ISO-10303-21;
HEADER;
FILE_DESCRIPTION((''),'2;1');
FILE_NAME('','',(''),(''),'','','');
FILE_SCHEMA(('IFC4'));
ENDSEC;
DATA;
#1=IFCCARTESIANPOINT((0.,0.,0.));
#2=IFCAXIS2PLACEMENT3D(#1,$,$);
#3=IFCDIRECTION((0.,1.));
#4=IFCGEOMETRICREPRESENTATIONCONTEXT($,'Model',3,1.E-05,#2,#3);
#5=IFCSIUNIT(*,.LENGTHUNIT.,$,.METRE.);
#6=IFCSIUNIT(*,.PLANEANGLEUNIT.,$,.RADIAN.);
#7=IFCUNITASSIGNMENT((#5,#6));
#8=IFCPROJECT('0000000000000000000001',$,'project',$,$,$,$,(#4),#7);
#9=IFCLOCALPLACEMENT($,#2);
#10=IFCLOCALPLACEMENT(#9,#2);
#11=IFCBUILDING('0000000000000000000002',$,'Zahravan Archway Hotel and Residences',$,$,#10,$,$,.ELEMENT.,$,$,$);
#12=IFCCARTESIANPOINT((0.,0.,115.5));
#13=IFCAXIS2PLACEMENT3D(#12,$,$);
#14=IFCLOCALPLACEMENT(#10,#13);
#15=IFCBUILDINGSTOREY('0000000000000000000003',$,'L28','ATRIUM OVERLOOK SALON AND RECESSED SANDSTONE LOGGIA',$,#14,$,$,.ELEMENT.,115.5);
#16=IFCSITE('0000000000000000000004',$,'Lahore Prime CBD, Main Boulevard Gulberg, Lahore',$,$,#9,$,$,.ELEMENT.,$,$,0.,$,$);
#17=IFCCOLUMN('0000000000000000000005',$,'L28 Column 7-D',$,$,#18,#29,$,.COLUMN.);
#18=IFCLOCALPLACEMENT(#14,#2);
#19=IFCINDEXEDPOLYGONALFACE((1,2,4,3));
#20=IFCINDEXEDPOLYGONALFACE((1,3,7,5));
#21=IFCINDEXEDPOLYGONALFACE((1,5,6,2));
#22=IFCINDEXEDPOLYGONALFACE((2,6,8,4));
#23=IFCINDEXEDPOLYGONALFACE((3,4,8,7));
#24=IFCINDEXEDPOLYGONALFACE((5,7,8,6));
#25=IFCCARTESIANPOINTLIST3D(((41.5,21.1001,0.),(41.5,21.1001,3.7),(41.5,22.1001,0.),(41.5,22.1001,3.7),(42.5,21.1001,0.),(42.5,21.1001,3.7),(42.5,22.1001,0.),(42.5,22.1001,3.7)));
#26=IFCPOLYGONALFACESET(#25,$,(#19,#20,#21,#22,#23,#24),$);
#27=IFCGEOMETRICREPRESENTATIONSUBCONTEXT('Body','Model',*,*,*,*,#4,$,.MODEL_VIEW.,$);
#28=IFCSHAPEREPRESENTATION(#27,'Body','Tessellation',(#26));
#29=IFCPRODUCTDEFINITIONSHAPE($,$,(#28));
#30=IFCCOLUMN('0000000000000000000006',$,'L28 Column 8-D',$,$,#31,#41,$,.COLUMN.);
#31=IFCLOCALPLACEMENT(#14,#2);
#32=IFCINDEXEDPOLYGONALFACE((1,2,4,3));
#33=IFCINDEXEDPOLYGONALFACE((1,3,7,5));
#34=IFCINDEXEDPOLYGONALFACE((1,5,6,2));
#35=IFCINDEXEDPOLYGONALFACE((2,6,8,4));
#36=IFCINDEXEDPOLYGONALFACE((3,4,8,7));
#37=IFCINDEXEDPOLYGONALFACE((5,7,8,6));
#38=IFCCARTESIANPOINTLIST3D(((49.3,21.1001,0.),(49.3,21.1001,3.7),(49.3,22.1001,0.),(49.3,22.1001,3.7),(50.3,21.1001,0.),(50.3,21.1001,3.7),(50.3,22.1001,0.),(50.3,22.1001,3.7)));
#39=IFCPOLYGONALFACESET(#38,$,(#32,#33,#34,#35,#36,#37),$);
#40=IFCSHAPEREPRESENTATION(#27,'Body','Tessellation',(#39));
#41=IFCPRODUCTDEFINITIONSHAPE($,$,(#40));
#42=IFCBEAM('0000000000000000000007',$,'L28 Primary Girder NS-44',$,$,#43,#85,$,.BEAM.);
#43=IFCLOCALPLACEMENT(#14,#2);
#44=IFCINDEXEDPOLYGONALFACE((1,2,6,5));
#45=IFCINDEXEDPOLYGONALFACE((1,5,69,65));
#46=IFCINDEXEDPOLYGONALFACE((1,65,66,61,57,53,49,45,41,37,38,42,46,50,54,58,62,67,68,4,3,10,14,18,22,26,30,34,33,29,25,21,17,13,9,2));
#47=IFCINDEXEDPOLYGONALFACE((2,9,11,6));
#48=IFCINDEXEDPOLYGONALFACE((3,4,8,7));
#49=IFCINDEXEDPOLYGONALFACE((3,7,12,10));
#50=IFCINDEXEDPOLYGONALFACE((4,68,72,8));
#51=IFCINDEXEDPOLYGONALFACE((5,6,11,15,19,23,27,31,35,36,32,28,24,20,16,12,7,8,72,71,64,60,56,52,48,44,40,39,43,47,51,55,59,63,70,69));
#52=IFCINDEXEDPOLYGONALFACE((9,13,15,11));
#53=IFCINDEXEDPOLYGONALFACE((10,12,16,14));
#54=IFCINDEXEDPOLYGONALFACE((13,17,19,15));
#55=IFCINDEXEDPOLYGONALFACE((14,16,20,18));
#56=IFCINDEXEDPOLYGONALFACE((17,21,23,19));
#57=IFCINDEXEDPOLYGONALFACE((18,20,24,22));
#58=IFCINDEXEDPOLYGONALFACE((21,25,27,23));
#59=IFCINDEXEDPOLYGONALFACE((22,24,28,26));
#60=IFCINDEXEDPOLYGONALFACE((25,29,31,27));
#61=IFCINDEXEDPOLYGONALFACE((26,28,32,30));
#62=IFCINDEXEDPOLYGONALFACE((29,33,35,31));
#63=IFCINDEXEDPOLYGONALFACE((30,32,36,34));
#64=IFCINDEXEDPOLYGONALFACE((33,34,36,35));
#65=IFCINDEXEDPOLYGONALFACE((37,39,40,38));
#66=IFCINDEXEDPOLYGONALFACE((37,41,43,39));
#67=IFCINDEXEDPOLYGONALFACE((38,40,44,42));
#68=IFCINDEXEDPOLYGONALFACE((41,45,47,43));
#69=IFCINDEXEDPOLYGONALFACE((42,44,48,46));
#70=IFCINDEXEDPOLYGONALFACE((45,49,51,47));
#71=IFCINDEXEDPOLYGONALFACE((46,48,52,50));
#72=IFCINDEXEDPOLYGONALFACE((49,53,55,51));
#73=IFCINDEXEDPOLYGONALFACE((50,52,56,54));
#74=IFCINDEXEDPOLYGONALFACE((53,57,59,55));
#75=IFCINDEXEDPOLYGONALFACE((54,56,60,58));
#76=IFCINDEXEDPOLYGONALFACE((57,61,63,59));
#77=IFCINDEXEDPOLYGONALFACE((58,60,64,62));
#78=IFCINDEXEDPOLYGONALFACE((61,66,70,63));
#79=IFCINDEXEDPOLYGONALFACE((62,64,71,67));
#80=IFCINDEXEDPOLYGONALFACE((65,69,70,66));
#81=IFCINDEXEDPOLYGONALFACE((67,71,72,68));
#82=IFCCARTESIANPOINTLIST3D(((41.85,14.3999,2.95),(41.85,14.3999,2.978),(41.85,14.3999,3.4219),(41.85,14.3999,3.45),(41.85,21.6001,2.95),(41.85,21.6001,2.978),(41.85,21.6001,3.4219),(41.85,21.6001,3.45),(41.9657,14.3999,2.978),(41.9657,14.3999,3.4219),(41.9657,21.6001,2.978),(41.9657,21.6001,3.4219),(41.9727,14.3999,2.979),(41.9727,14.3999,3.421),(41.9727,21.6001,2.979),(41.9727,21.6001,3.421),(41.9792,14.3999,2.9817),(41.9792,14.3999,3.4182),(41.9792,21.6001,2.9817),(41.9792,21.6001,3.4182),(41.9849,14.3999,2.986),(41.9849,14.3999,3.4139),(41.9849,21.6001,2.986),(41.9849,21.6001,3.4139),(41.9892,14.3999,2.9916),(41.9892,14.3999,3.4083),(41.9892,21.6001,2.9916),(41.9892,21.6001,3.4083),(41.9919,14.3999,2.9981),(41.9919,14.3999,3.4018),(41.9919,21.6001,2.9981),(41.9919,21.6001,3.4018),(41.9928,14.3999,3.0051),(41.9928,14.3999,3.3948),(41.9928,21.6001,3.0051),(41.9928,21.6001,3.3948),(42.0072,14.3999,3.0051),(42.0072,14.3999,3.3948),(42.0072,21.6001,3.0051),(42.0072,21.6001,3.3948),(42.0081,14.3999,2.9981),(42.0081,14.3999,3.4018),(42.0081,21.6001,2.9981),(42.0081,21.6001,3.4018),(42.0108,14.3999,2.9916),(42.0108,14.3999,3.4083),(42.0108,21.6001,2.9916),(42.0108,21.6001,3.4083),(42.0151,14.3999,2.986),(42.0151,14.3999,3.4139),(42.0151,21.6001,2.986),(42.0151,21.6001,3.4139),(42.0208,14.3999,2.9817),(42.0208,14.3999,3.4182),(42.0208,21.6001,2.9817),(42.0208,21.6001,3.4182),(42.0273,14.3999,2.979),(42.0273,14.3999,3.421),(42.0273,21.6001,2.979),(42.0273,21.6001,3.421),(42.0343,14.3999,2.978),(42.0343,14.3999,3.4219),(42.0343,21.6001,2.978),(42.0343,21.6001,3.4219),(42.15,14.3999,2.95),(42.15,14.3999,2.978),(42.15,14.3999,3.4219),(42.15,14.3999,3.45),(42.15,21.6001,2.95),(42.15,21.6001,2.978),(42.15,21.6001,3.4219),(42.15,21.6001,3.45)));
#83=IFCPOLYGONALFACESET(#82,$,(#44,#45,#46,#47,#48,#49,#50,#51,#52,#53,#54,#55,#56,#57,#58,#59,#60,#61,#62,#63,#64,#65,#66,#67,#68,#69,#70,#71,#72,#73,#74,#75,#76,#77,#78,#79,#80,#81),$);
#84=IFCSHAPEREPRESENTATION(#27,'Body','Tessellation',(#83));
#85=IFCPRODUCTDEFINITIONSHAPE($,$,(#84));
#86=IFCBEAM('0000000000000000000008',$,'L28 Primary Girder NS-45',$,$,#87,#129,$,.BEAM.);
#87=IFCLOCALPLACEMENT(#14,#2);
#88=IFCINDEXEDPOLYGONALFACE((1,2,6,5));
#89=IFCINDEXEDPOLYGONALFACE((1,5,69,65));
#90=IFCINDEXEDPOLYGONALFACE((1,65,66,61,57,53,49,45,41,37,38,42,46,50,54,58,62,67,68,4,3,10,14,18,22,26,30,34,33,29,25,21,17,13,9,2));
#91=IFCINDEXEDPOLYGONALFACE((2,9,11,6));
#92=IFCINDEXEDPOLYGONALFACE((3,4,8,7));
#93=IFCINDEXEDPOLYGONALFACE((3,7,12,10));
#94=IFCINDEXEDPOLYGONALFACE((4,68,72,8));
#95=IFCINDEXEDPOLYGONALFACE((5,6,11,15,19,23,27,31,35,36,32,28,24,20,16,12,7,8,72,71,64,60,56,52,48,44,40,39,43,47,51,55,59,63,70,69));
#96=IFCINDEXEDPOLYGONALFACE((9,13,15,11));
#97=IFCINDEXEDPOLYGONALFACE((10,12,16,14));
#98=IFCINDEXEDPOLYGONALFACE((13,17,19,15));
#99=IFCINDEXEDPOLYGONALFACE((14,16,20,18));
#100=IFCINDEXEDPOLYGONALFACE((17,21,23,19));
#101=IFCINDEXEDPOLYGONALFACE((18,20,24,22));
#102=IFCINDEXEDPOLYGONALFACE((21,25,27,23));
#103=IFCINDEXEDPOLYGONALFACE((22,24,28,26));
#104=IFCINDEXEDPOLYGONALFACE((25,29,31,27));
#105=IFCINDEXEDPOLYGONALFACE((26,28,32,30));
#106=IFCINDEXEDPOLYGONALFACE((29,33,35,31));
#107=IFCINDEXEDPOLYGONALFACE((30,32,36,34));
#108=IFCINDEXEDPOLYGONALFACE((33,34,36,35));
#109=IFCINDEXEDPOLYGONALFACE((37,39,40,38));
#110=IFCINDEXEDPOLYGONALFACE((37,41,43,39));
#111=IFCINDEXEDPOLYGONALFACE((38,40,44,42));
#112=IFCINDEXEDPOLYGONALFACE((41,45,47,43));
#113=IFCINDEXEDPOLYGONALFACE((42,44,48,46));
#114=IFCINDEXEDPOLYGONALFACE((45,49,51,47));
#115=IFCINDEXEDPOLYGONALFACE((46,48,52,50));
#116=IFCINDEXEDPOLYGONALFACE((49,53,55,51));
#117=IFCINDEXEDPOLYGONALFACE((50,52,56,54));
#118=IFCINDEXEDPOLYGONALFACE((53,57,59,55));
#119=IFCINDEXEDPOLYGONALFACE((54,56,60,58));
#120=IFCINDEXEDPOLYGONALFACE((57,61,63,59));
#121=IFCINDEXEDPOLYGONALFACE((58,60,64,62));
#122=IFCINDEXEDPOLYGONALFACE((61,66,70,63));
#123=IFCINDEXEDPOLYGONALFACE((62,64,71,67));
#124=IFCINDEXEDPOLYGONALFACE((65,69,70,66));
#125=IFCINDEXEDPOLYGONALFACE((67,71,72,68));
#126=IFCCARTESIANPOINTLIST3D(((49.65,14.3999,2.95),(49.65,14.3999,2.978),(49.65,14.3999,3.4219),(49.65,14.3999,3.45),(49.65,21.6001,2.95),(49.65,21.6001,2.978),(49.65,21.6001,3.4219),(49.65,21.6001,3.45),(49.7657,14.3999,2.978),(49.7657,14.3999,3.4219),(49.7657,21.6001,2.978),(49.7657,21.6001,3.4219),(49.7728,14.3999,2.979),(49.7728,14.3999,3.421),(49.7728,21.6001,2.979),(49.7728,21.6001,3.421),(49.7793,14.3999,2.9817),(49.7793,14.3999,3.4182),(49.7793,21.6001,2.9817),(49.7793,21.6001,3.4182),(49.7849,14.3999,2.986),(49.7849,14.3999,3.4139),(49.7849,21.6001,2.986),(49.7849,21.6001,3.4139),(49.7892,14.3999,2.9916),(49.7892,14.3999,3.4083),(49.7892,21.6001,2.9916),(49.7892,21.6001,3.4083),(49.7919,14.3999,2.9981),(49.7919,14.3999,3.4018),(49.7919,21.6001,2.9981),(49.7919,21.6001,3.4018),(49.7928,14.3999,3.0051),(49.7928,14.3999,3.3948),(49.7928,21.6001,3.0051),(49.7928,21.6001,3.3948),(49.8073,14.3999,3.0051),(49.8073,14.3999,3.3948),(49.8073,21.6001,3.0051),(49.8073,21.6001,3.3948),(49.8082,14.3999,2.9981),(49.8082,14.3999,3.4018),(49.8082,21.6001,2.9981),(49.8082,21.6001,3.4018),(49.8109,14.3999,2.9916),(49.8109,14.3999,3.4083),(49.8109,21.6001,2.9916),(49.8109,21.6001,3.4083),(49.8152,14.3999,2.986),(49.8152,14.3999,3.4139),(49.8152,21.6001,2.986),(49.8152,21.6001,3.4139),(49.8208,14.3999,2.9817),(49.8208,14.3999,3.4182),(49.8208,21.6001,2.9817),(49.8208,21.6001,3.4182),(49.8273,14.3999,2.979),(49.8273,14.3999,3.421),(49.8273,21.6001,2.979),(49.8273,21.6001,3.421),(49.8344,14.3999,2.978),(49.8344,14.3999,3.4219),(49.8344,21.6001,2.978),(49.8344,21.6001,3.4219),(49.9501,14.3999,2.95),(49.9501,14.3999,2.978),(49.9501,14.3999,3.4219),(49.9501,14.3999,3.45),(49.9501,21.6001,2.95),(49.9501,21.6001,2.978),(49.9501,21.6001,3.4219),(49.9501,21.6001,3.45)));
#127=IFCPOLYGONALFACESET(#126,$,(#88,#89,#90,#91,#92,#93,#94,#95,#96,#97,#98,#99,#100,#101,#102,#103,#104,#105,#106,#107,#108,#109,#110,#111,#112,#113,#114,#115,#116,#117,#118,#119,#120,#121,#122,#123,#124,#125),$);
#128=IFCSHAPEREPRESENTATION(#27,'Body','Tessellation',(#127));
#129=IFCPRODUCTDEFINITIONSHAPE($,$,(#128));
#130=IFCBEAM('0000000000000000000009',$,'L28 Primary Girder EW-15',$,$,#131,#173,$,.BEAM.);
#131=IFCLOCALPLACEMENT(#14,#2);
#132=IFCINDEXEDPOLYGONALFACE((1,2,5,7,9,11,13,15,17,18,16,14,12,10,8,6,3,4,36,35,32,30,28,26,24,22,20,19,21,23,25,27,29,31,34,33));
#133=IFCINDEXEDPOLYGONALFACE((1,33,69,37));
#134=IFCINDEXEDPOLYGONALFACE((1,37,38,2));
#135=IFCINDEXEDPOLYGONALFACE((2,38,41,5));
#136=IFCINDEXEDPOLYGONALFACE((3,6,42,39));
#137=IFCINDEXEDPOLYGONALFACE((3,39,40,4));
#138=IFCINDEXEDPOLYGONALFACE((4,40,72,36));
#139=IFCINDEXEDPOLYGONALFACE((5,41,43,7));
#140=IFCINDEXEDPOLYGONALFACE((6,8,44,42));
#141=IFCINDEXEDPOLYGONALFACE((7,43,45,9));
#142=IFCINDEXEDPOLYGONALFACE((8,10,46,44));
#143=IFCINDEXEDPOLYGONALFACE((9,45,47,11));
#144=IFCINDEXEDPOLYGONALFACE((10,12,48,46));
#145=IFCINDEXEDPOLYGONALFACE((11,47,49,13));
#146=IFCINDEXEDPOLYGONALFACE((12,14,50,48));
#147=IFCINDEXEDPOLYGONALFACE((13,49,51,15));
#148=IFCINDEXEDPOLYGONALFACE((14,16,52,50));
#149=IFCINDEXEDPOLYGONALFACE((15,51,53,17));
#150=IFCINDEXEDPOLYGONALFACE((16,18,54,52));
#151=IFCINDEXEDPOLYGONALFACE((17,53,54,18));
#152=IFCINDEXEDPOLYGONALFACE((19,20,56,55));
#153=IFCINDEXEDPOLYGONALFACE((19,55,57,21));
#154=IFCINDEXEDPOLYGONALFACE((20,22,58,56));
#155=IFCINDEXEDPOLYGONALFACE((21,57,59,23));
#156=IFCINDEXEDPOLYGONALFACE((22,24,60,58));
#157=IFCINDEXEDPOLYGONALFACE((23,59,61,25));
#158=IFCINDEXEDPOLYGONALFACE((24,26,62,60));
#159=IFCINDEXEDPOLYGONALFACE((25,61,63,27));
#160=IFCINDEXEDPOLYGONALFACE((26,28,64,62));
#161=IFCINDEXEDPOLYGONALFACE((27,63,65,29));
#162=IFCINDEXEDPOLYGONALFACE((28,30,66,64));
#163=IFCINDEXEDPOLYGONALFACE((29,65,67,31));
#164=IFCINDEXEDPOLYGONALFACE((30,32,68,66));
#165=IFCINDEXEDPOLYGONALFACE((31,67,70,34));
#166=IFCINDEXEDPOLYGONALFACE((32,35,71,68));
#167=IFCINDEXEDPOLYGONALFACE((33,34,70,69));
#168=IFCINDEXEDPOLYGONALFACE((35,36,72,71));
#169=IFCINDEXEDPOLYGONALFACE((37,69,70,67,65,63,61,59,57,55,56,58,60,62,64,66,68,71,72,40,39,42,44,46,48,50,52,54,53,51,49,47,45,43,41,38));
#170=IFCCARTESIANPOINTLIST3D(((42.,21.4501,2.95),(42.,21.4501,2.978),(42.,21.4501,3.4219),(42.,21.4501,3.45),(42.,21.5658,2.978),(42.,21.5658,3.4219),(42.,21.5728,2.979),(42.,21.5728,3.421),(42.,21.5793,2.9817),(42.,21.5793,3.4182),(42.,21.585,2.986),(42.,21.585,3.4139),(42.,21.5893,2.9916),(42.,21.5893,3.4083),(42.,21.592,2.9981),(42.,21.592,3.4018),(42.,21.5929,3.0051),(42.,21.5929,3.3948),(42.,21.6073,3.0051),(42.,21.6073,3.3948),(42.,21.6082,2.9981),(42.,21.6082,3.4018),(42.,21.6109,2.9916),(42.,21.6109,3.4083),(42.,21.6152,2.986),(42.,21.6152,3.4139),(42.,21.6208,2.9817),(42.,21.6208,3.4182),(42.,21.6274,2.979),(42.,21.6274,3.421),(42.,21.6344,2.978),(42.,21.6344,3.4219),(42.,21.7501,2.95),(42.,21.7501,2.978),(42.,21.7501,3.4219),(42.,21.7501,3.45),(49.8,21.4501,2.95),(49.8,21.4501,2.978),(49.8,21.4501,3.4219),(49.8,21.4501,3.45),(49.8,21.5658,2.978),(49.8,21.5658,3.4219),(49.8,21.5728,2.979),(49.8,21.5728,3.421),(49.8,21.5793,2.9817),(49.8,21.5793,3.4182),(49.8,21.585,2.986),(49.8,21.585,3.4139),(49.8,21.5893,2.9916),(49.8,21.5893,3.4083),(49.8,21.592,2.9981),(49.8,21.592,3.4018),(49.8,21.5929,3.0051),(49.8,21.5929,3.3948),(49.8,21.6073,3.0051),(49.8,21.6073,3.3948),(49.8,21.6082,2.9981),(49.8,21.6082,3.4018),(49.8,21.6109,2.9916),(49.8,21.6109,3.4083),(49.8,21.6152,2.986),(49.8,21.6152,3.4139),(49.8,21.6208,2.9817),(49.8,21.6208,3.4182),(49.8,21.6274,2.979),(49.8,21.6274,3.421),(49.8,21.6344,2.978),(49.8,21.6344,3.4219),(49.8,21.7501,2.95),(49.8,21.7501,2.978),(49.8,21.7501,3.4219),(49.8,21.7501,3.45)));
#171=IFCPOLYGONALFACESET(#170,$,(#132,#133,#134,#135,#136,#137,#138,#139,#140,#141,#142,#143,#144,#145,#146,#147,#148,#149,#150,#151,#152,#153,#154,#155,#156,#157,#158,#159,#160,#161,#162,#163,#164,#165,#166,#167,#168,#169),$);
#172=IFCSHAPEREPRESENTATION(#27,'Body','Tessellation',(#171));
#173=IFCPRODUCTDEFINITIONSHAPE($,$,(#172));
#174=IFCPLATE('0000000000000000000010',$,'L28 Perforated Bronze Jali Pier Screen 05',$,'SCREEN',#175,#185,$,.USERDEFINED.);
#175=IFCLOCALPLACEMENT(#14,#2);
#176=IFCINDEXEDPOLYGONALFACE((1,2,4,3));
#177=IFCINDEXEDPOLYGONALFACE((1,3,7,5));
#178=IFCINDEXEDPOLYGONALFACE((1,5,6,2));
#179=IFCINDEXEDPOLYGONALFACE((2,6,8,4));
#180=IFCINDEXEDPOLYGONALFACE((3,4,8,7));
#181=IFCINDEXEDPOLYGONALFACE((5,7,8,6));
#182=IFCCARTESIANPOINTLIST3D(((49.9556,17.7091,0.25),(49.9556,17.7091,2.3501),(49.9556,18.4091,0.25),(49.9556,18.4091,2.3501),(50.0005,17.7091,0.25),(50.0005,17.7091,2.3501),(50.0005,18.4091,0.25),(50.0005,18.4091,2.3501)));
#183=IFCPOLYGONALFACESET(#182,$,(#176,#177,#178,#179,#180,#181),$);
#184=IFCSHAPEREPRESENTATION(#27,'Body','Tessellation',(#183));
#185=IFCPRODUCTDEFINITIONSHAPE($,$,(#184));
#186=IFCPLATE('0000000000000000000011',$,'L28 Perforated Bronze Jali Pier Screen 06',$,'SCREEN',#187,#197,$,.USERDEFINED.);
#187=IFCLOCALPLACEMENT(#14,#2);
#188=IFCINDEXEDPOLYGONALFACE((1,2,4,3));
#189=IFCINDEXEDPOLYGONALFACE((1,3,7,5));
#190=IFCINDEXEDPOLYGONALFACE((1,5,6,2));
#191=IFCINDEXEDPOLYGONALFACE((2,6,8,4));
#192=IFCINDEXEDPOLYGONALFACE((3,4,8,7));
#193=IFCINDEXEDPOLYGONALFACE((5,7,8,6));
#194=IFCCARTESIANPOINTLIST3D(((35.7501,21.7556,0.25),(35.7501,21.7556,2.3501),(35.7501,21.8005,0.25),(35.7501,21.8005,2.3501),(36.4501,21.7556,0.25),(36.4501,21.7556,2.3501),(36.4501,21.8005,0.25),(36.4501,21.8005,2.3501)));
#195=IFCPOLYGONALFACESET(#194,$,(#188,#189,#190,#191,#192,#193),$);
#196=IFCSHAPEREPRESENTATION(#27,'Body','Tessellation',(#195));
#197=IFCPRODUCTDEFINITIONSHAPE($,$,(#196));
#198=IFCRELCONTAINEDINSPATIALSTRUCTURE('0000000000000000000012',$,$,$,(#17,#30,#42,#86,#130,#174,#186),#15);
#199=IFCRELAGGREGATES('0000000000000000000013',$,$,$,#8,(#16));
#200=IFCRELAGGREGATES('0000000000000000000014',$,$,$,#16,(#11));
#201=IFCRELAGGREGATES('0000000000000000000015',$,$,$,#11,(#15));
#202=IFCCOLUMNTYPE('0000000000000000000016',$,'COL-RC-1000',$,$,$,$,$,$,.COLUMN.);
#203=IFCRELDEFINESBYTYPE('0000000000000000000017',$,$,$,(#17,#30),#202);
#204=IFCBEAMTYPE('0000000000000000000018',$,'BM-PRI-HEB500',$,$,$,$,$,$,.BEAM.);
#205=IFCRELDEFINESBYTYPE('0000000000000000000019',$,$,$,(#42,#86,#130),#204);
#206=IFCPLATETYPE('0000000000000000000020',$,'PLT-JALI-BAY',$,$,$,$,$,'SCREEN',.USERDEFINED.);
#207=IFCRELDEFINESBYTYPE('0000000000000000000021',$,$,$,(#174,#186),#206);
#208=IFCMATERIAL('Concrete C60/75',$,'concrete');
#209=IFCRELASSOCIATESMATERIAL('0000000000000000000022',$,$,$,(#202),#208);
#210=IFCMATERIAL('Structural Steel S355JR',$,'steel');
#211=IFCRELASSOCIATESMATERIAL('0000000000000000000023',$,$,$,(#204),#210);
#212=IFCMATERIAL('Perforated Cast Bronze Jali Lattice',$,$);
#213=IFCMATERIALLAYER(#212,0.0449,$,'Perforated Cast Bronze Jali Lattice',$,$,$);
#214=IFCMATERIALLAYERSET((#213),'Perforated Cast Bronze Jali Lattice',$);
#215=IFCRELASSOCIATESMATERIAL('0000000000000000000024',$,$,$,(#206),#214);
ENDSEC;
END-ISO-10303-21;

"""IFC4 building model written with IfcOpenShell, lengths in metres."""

from ifc_helpers import new_model, si_unit, direction, frame, origin, origin_2d, place, context, subcontext, project, spatial, rectangle, i_section, extrude, source, transform, mapped, material, layer, layer_set, material_profile, profile_set, type_object, type_shapes, element, save


model = new_model("IFC4")

# Units and contexts
model_context = context("Model", 3, precision=1e-05, world=origin(), true_north=direction((0.0, 1.0)))
body_context = subcontext(model_context, "Body", "Model", "MODEL_VIEW")
ifc_project = project(units=[si_unit("LENGTHUNIT", "METRE"), si_unit("PLANEANGLEUNIT", "RADIAN")], contexts=[model_context])

# Site, building, storey
site_placement = place(None, origin())
site = spatial("IfcSite", under=ifc_project, at=site_placement, Name="Lahore Prime CBD, Main Boulevard Gulberg, Lahore", CompositionType="ELEMENT", RefElevation=0.0)
building_placement = place(site_placement, origin())
building = spatial("IfcBuilding", under=site, at=building_placement, Name="Zahravan Archway Hotel and Residences", CompositionType="ELEMENT")
storey_placement = place(building_placement, frame((0.0, 0.0, 115.5)))
storey = spatial("IfcBuildingStorey", under=building, at=storey_placement, Name="L28", Description="ATRIUM OVERLOOK SALON AND RECESSED SANDSTONE LOGGIA", CompositionType="ELEMENT", Elevation=115.5)

# Columns
ifc_material_1 = material(Name="Concrete C60/75", Category="concrete")
ifc_material_profile_1 = material_profile(ifc_material_1, rectangle(XDim=1.0, YDim=1.0, at=origin_2d()), Name="RC-COL-1000x1000", Category="concrete")
ifc_profile_set_1 = profile_set([ifc_material_profile_1], Name="Concrete C60/75")
column_type = type_object("IfcColumnType", Name="COL-RC-1000", PredefinedType="COLUMN", material=ifc_profile_set_1)
shared_shape_1 = source(origin(), body_context, "Body", "SweptSolid", [
    extrude(rectangle(XDim=1.0, YDim=1.0, at=origin_2d()), origin(), (0.0, 0.0, 1.0), 3.7),
])
type_shapes(column_type, [shared_shape_1])
for number, where, z_axis, x_axis, name in (
    (1, (42.0, 21.6001, 0.0), (0.0, 0.0, 1.0), (1.0, 0.0, 0.0), "L28 Column 7-D"),
    (2, (49.8, 21.6001, 0.0), (0.0, 0.0, 1.0), (1.0, 0.0, 0.0), "L28 Column 8-D"),
):
    element("IfcColumn", number, at=place(storey_placement, frame(where, z_axis=z_axis, x_axis=x_axis)), inside=storey, type_object=column_type, Name=name, PredefinedType="COLUMN", context=body_context, shape_type="MappedRepresentation", body=[
        mapped(shared_shape_1, transform((0.0, 0.0, 0.0), scale=1.0)),
    ])

# Beams
ifc_material_2 = material(Name="Structural Steel S355JR", Category="steel")
ifc_material_profile_2 = material_profile(ifc_material_2, i_section(OverallWidth=0.3, OverallDepth=0.5, WebThickness=0.0144, FlangeThickness=0.0281, FilletRadius=0.0271, at=origin_2d()), Name="HEB 500", Category="steel")
ifc_profile_set_2 = profile_set([ifc_material_profile_2], Name="Structural Steel S355JR")
beam_type = type_object("IfcBeamType", Name="BM-PRI-HEB500", PredefinedType="BEAM", material=ifc_profile_set_2)
shared_shape_2 = source(origin(), body_context, "Body", "SweptSolid", [
    extrude(i_section(OverallWidth=0.3, OverallDepth=0.5, WebThickness=0.0144, FlangeThickness=0.0281, FilletRadius=0.0271, at=origin_2d()), origin(), (0.0, 0.0, 1.0), 7.2002),
])
type_shapes(beam_type, [shared_shape_2])
for number, where, z_axis, x_axis, name in (
    (3, (42.0, 14.3999, 3.2), (0.0, 1.0, 0.0), (-1.0, 0.0, 0.0), "L28 Primary Girder NS-44"),
    (4, (49.8, 14.3999, 3.2), (0.0, 1.0, 0.0), (-1.0, 0.0, 0.0), "L28 Primary Girder NS-45"),
):
    element("IfcBeam", number, at=place(storey_placement, frame(where, z_axis=z_axis, x_axis=x_axis)), inside=storey, type_object=beam_type, Name=name, PredefinedType="BEAM", context=body_context, shape_type="MappedRepresentation", body=[
        mapped(shared_shape_2, transform((0.0, 0.0, 0.0), scale=1.0)),
    ])
shared_shape_3 = source(origin(), body_context, "Body", "SweptSolid", [
    extrude(i_section(OverallWidth=0.3, OverallDepth=0.5, WebThickness=0.0144, FlangeThickness=0.0281, FilletRadius=0.0271, at=origin_2d()), origin(), (0.0, 0.0, 1.0), 7.8),
])
beam_placement = place(storey_placement, frame((42.0, 21.6001, 3.2), z_axis=(1.0, 0.0, 0.0), x_axis=(0.0, 1.0, 0.0)))
element("IfcBeam", 5, at=beam_placement, inside=storey, type_object=beam_type, Name="L28 Primary Girder EW-15", PredefinedType="BEAM", context=body_context, shape_type="MappedRepresentation", body=[
    mapped(shared_shape_3, transform((0.0, 0.0, 0.0), scale=1.0)),
])

# Plates
ifc_material_3 = material(Name="Perforated Cast Bronze Jali Lattice")
ifc_layer_1 = layer(ifc_material_3, 0.0449, Name="Perforated Cast Bronze Jali Lattice")
ifc_layer_set_1 = layer_set([ifc_layer_1], Name="Perforated Cast Bronze Jali Lattice")
plate_type = type_object("IfcPlateType", Name="PLT-JALI-BAY", ElementType="SCREEN", PredefinedType="USERDEFINED", material=ifc_layer_set_1)
shared_shape_4 = source(origin(), body_context, "Body", "SweptSolid", [
    extrude(rectangle(XDim=0.7, YDim=0.0449, at=origin_2d()), origin(), (0.0, 0.0, 1.0), 2.1001),
])
type_shapes(plate_type, [shared_shape_4])
for number, where, z_axis, x_axis, name in (
    (6, (49.978, 18.0591, 0.25), (0.0, 0.0, 1.0), (0.0, 1.0, 0.0), "L28 Perforated Bronze Jali Pier Screen 05"),
    (7, (36.1001, 21.7781, 0.25), (0.0, 0.0, 1.0), (1.0, 0.0, 0.0), "L28 Perforated Bronze Jali Pier Screen 06"),
):
    element("IfcPlate", number, at=place(storey_placement, frame(where, z_axis=z_axis, x_axis=x_axis)), inside=storey, type_object=plate_type, Name=name, ObjectType="SCREEN", PredefinedType="USERDEFINED", context=body_context, shape_type="MappedRepresentation", body=[
        mapped(shared_shape_4, transform((0.0, 0.0, 0.0), scale=1.0)),
    ])

save(model, "model.ifc")
